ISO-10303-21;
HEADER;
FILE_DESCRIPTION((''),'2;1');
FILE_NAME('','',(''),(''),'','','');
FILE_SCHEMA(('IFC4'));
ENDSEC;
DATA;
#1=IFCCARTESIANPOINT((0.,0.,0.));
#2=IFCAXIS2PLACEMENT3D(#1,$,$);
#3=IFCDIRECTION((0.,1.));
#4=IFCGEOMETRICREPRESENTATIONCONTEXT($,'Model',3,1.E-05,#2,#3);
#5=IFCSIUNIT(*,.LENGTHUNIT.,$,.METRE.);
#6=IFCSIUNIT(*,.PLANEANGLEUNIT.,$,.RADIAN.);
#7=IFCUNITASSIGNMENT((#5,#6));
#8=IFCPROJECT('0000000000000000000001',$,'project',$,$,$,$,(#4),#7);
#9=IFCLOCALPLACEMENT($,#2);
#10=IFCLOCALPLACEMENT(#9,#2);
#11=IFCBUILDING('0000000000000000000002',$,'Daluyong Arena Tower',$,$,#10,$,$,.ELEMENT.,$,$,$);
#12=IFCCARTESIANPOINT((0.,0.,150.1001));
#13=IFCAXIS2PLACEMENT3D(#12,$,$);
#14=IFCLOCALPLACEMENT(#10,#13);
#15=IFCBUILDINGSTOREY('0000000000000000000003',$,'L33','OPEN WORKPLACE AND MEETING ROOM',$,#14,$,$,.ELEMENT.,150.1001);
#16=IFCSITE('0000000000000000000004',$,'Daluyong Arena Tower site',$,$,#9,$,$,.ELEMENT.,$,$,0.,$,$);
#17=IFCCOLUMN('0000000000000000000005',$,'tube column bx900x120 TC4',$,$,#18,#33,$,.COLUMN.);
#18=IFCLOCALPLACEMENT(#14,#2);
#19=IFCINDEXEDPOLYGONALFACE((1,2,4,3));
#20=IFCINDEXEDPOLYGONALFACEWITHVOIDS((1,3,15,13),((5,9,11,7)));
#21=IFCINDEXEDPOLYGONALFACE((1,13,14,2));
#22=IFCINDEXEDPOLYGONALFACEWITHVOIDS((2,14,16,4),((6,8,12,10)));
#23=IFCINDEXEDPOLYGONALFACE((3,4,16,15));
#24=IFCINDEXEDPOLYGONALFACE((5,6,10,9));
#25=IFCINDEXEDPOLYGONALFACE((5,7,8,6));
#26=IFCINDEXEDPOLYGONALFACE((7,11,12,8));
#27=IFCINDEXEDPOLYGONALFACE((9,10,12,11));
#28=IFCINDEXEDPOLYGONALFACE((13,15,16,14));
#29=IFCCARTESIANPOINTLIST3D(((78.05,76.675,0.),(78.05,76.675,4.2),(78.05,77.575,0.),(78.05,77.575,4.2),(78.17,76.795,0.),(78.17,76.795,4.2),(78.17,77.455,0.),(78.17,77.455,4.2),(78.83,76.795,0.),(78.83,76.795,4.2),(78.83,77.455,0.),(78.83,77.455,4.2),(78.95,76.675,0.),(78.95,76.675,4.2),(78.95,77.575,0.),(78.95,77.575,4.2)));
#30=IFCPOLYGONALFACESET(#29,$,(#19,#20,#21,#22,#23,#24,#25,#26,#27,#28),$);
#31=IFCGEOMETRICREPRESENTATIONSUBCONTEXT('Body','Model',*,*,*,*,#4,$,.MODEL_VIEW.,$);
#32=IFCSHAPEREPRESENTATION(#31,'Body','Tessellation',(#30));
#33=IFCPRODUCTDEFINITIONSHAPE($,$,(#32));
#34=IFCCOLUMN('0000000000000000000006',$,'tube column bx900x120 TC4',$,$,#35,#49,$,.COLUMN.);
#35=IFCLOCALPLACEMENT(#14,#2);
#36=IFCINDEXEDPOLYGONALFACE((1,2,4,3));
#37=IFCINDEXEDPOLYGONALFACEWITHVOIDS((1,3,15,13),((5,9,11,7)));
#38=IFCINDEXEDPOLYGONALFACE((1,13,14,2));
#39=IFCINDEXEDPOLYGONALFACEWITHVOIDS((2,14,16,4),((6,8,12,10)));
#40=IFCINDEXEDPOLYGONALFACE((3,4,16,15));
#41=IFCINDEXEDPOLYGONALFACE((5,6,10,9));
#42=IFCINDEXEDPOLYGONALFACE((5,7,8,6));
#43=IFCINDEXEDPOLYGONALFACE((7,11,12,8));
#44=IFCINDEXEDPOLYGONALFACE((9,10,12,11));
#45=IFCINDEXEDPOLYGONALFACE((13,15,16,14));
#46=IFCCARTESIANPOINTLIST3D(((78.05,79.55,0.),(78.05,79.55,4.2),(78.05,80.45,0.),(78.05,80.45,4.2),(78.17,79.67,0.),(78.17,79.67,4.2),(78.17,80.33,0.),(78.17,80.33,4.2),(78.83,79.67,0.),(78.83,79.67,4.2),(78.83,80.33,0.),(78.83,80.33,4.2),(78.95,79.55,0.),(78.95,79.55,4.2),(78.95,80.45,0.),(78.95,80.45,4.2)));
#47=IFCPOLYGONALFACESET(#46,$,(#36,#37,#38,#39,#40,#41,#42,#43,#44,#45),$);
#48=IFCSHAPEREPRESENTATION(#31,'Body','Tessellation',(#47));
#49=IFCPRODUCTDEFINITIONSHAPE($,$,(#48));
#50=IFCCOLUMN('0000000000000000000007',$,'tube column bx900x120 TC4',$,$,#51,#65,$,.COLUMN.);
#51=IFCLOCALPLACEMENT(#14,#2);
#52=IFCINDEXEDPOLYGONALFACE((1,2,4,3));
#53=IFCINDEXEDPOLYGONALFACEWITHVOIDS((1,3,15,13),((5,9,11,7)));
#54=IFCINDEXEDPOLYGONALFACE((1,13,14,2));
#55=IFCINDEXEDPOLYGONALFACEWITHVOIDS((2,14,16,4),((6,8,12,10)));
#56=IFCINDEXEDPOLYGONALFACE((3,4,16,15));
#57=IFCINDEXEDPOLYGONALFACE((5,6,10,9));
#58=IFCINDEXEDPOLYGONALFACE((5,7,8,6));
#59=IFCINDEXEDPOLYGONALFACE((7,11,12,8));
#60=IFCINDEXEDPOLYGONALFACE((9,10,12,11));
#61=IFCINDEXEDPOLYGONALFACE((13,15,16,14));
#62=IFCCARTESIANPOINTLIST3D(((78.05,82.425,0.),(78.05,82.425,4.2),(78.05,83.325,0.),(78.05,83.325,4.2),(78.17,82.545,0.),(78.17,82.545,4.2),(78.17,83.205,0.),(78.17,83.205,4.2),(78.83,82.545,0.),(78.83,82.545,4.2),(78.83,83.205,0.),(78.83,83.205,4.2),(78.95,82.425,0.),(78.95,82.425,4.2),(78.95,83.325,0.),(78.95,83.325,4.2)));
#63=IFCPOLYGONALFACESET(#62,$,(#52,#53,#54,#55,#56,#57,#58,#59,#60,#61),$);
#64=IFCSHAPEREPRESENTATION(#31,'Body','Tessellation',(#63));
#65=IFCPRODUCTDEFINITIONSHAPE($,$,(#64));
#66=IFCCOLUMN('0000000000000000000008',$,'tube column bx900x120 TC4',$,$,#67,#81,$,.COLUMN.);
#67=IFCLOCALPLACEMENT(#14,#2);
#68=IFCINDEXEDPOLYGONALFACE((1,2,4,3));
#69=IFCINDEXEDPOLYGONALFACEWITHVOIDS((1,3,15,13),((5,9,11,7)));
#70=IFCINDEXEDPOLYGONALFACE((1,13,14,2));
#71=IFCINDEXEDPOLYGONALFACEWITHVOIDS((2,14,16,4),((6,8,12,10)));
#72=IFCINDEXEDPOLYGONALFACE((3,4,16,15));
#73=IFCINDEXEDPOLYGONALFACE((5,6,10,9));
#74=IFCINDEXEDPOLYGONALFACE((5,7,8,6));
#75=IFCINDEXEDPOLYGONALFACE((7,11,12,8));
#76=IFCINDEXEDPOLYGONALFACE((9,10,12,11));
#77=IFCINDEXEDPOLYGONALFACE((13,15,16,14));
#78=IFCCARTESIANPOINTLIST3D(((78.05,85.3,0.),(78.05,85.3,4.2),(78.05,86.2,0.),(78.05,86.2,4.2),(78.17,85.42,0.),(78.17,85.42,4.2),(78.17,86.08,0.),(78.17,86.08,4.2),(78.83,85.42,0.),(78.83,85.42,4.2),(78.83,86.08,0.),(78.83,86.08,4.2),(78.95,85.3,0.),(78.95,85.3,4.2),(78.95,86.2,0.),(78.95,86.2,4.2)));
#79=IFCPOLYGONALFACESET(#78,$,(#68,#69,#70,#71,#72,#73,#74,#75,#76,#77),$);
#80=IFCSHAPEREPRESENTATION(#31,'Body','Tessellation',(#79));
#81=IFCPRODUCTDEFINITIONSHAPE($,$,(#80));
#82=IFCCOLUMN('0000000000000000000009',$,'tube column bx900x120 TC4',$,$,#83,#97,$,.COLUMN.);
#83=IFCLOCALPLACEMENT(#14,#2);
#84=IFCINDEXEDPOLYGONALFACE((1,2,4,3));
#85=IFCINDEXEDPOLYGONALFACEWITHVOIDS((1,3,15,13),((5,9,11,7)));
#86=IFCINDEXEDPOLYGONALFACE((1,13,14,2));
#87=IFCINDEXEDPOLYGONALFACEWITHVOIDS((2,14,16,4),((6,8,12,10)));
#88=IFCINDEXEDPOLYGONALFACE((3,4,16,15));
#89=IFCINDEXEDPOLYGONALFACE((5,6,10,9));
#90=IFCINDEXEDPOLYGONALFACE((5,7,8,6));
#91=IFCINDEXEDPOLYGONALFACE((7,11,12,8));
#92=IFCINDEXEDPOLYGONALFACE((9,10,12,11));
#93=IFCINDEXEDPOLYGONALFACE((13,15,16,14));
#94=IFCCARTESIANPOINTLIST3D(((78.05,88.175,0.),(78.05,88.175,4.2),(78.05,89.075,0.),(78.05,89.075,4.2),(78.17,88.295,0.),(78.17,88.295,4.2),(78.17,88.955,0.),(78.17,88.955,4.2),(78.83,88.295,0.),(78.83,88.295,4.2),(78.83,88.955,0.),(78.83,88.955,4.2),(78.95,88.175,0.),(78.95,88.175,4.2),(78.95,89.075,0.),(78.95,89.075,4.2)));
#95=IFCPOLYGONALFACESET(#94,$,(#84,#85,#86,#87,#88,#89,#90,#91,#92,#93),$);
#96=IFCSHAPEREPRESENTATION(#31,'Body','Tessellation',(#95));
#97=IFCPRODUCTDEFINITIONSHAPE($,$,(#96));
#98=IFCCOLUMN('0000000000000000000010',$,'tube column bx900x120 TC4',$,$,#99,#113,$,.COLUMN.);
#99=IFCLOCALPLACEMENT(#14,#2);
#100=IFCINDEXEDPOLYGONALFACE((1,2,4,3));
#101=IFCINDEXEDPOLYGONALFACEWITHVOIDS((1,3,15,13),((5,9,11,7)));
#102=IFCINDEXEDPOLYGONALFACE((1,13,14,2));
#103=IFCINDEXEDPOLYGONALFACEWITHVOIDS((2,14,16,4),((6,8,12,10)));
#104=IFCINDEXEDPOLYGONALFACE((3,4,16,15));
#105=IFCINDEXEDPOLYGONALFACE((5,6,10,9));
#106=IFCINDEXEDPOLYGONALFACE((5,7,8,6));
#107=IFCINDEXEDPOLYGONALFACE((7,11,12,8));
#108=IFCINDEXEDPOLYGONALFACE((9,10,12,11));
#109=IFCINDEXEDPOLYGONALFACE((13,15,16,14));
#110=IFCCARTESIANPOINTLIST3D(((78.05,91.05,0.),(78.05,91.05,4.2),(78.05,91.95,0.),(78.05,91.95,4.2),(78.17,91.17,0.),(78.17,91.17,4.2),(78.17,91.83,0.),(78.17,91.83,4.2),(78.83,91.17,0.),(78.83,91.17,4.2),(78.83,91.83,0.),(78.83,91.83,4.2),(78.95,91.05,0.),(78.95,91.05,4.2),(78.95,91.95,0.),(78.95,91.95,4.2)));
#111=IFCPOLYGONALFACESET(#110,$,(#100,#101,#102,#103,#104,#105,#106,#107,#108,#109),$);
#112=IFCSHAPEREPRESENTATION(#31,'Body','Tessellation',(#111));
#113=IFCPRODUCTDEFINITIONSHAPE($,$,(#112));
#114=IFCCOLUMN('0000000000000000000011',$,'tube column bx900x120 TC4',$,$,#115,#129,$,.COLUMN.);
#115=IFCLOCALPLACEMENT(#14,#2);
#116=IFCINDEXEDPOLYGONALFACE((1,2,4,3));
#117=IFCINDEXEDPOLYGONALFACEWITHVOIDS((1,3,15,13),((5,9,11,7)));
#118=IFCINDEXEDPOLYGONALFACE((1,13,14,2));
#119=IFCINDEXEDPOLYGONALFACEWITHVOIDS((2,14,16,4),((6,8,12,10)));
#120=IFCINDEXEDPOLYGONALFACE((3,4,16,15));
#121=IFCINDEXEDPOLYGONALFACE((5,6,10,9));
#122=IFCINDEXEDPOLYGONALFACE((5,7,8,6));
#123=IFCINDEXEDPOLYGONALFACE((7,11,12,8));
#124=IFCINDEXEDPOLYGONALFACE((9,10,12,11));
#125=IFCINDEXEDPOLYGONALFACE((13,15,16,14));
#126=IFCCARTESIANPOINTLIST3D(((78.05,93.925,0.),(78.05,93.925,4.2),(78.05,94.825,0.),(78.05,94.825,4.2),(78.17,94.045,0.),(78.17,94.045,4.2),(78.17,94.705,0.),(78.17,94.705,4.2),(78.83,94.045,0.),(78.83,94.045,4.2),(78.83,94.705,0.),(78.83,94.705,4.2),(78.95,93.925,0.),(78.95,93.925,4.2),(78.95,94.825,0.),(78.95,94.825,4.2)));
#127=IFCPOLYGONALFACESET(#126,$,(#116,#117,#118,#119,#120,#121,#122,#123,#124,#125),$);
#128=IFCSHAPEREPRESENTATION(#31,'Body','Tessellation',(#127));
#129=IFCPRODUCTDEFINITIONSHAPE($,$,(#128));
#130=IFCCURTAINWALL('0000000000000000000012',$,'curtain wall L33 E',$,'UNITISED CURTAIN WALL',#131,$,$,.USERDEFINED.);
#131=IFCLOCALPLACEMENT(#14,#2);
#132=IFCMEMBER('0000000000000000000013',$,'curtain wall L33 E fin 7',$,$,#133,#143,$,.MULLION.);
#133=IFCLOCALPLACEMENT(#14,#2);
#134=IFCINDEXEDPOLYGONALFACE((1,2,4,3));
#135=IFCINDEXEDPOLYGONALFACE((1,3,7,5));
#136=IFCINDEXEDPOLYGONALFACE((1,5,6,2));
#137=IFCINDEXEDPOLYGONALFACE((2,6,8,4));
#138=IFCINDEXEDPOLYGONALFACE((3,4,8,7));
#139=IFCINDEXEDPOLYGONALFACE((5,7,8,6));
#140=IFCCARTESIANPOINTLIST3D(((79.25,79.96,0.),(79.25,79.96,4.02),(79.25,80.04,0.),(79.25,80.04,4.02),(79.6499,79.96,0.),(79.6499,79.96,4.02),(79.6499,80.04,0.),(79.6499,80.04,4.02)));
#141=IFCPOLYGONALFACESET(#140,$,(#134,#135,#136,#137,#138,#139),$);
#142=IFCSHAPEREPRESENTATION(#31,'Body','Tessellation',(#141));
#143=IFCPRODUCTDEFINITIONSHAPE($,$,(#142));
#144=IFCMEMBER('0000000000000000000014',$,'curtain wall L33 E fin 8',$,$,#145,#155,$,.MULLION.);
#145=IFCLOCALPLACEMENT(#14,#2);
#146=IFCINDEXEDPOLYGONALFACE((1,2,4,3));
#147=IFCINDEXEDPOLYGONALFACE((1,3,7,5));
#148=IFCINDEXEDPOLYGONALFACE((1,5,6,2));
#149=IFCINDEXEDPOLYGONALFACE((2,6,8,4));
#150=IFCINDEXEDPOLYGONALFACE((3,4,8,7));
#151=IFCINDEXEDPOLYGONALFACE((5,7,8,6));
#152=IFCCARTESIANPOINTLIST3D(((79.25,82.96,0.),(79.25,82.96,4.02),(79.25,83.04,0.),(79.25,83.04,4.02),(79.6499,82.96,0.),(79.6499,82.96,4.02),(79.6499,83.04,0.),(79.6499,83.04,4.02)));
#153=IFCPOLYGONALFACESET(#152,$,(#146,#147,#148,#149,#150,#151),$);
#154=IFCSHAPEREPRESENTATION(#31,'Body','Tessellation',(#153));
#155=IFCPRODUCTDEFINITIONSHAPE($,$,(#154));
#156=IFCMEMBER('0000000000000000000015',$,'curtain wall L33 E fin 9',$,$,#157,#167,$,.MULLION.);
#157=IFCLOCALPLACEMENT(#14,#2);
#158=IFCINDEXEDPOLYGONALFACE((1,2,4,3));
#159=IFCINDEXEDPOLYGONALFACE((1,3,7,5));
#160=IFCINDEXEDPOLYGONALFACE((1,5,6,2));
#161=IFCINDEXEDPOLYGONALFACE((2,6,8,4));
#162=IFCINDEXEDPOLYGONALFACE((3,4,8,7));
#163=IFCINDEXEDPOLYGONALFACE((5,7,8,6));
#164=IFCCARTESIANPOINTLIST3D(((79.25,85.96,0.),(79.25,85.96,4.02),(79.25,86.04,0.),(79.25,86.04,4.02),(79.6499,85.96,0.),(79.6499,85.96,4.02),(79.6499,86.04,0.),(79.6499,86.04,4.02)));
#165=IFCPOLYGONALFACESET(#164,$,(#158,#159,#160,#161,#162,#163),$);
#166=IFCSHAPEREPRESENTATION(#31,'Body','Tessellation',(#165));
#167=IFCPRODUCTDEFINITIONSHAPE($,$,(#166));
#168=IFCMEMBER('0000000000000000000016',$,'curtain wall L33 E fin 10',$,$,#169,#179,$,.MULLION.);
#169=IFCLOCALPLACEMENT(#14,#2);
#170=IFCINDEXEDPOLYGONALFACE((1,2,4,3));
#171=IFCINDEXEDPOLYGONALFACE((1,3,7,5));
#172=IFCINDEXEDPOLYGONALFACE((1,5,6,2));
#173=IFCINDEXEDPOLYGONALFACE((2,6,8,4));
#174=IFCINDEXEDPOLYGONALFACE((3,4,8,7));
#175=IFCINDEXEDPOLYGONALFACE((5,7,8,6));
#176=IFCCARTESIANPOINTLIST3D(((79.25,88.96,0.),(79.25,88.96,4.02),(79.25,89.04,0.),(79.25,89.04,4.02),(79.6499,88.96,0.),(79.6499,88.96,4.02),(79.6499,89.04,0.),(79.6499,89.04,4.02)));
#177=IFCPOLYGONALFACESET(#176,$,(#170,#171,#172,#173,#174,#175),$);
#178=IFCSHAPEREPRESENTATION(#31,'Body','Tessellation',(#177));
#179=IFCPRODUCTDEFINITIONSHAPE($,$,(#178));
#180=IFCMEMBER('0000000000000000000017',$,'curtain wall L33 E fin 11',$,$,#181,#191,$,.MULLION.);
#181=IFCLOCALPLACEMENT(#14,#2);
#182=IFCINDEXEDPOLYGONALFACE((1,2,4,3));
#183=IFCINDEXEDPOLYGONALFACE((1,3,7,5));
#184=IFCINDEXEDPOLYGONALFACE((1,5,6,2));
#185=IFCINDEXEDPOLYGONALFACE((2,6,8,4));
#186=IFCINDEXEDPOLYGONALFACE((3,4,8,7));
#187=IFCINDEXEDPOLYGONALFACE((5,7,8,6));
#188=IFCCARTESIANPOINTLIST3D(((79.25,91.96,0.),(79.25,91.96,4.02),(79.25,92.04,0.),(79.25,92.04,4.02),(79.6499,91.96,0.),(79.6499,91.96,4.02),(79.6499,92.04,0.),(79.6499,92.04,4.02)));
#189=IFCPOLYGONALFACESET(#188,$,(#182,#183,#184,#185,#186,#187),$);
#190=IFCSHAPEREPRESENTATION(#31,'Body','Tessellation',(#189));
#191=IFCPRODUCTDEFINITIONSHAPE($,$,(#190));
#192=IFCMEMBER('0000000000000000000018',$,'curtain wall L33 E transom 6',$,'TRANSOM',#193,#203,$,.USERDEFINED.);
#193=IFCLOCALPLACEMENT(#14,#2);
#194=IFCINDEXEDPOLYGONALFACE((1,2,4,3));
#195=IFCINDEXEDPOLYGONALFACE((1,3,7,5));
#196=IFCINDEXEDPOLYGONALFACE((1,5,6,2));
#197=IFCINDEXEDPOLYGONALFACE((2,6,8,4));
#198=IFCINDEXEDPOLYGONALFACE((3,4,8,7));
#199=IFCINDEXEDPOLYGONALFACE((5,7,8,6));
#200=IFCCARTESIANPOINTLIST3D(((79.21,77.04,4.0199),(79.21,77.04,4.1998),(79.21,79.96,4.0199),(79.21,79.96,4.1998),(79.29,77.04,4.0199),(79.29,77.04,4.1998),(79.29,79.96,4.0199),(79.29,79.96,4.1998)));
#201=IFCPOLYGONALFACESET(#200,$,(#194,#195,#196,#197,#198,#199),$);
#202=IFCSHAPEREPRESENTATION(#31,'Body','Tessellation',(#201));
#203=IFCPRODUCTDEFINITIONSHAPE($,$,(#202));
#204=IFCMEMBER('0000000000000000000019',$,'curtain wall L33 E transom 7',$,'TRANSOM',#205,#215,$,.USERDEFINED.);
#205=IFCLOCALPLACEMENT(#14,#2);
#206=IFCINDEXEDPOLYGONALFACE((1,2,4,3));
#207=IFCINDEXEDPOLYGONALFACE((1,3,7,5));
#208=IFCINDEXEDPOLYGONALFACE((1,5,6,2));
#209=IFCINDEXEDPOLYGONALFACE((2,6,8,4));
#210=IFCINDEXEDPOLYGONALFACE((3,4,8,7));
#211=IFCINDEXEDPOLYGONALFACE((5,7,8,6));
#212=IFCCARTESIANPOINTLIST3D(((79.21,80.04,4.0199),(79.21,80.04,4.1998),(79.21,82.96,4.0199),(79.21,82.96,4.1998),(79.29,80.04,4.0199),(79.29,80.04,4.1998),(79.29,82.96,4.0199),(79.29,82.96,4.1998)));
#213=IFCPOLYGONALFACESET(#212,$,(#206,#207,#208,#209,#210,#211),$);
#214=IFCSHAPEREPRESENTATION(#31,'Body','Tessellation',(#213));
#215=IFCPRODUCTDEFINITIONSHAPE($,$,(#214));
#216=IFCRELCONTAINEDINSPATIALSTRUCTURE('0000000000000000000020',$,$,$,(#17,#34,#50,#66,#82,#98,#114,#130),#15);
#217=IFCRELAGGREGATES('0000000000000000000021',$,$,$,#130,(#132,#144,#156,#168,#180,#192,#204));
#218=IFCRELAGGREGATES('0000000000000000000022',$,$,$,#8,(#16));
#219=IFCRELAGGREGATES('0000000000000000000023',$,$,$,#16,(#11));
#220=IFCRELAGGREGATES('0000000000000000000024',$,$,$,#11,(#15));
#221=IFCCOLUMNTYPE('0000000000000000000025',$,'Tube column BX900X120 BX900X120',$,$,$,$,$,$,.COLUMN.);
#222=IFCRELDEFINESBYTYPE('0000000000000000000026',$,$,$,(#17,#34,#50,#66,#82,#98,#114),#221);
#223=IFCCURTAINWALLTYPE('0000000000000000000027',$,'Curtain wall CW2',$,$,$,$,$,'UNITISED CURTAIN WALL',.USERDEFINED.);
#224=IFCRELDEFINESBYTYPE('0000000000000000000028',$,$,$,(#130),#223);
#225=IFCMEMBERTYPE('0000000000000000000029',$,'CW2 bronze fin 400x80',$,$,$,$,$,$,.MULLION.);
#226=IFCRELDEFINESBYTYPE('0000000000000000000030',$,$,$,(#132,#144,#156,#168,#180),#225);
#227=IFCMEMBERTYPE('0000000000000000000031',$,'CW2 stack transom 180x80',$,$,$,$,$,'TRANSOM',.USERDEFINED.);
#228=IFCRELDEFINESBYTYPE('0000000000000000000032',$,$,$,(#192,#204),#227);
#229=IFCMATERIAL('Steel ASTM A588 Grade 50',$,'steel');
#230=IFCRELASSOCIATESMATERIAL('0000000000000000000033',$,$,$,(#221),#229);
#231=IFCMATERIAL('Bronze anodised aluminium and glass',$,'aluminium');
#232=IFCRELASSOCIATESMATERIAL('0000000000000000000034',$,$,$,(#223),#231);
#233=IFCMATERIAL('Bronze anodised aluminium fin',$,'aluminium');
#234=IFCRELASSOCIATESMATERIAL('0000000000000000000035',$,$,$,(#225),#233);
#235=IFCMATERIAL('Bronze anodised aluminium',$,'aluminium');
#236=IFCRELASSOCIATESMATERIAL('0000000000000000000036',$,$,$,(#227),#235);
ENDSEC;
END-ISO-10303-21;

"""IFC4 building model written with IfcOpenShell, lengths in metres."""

from ifc_helpers import new_model, si_unit, direction, frame, origin, origin_2d, place, context, subcontext, project, spatial, rectangle, hollow_rectangle, extrude, material, material_profile, profile_set, type_object, element, aggregate, save


model = new_model("IFC4")

# Units and contexts
model_context = context("Model", 3, precision=1e-05, world=origin(), true_north=direction((0.0, 1.0)))
body_context = subcontext(model_context, "Body", "Model", "MODEL_VIEW")
ifc_project = project(units=[si_unit("LENGTHUNIT", "METRE"), si_unit("PLANEANGLEUNIT", "RADIAN")], contexts=[model_context])

# Site, building, storey
site_placement = place(None, origin())
site = spatial("IfcSite", under=ifc_project, at=site_placement, Name="Daluyong Arena Tower site", CompositionType="ELEMENT", RefElevation=0.0)
building_placement = place(site_placement, origin())
building = spatial("IfcBuilding", under=site, at=building_placement, Name="Daluyong Arena Tower", CompositionType="ELEMENT")
storey_placement = place(building_placement, frame((0.0, 0.0, 150.1001)))
storey = spatial("IfcBuildingStorey", under=building, at=storey_placement, Name="L33", Description="OPEN WORKPLACE AND MEETING ROOM", CompositionType="ELEMENT", Elevation=150.1001)

# Columns
ifc_material_1 = material(Name="Steel ASTM A588 Grade 50", Category="steel")
ifc_material_profile_1 = material_profile(ifc_material_1, hollow_rectangle(XDim=0.8999, YDim=0.8999, WallThickness=0.12, at=origin_2d()))
ifc_profile_set_1 = profile_set([ifc_material_profile_1], Name="Steel ASTM A588 Grade 50")
column_type = type_object("IfcColumnType", Name="Tube column BX900X120 BX900X120", PredefinedType="COLUMN", material=ifc_profile_set_1)
for number, where, z_axis, x_axis, name in (
    (1, (78.5, 77.125, 0.0), (0.0, 0.0, 1.0), (0.0, 1.0, 0.0), "tube column bx900x120 TC4"),
    (2, (78.5, 80.0, 0.0), (0.0, 0.0, 1.0), (0.0, 1.0, 0.0), "tube column bx900x120 TC4"),
    (3, (78.5, 82.875, 0.0), (0.0, 0.0, 1.0), (0.0, 1.0, 0.0), "tube column bx900x120 TC4"),
    (4, (78.5, 85.75, 0.0), (0.0, 0.0, 1.0), (0.0, 1.0, 0.0), "tube column bx900x120 TC4"),
    (5, (78.5, 88.625, 0.0), (0.0, 0.0, 1.0), (0.0, 1.0, 0.0), "tube column bx900x120 TC4"),
    (6, (78.5, 91.5, 0.0), (0.0, 0.0, 1.0), (0.0, 1.0, 0.0), "tube column bx900x120 TC4"),
    (7, (78.5, 94.375, 0.0), (0.0, 0.0, 1.0), (0.0, 1.0, 0.0), "tube column bx900x120 TC4"),
):
    element("IfcColumn", number, at=place(storey_placement, frame(where, z_axis=z_axis, x_axis=x_axis)), inside=storey, type_object=column_type, Name=name, PredefinedType="COLUMN", context=body_context, shape_type="SweptSolid", body=[
        extrude(hollow_rectangle(XDim=0.8999, YDim=0.8999, WallThickness=0.12, at=origin_2d()), origin(), (0.0, 0.0, 1.0), 4.2),
    ])

# Curtain wall, members
ifc_material_2 = material(Name="Bronze anodised aluminium and glass", Category="aluminium")
curtain_wall_type = type_object("IfcCurtainWallType", Name="Curtain wall CW2", ElementType="UNITISED CURTAIN WALL", PredefinedType="USERDEFINED", material=ifc_material_2)
curtain_wall_placement = place(storey_placement, origin())
curtain_wall = element("IfcCurtainWall", 8, at=curtain_wall_placement, inside=storey, type_object=curtain_wall_type, Name="curtain wall L33 E", ObjectType="UNITISED CURTAIN WALL", PredefinedType="USERDEFINED")
ifc_material_3 = material(Name="Bronze anodised aluminium fin", Category="aluminium")
ifc_material_profile_2 = material_profile(ifc_material_3, rectangle(XDim=0.3999, YDim=0.0801, at=origin_2d()))
ifc_profile_set_2 = profile_set([ifc_material_profile_2], Name="Bronze anodised aluminium fin")
member_type_1 = type_object("IfcMemberType", Name="CW2 bronze fin 400x80", PredefinedType="MULLION", material=ifc_profile_set_2)
member_1_placement = place(storey_placement, frame((79.45, 80.0, 0.0), z_axis=(0.0, 0.0, 1.0), x_axis=(-1.0, 0.0, 0.0)))
member_1 = element("IfcMember", 9, at=member_1_placement, type_object=member_type_1, Name="curtain wall L33 E fin 7", PredefinedType="MULLION", context=body_context, shape_type="SweptSolid", body=[
    extrude(rectangle(XDim=0.3999, YDim=0.0801, at=origin_2d()), origin(), (0.0, 0.0, 1.0), 4.02),
])
member_2_placement = place(storey_placement, frame((79.45, 83.0, 0.0), z_axis=(0.0, 0.0, 1.0), x_axis=(-1.0, 0.0, 0.0)))
member_2 = element("IfcMember", 10, at=member_2_placement, type_object=member_type_1, Name="curtain wall L33 E fin 8", PredefinedType="MULLION", context=body_context, shape_type="SweptSolid", body=[
    extrude(rectangle(XDim=0.3999, YDim=0.0801, at=origin_2d()), origin(), (0.0, 0.0, 1.0), 4.02),
])
member_3_placement = place(storey_placement, frame((79.45, 86.0, 0.0), z_axis=(0.0, 0.0, 1.0), x_axis=(-1.0, 0.0, 0.0)))
member_3 = element("IfcMember", 11, at=member_3_placement, type_object=member_type_1, Name="curtain wall L33 E fin 9", PredefinedType="MULLION", context=body_context, shape_type="SweptSolid", body=[
    extrude(rectangle(XDim=0.3999, YDim=0.0801, at=origin_2d()), origin(), (0.0, 0.0, 1.0), 4.02),
])
member_4_placement = place(storey_placement, frame((79.45, 89.0, 0.0), z_axis=(0.0, 0.0, 1.0), x_axis=(-1.0, 0.0, 0.0)))
member_4 = element("IfcMember", 12, at=member_4_placement, type_object=member_type_1, Name="curtain wall L33 E fin 10", PredefinedType="MULLION", context=body_context, shape_type="SweptSolid", body=[
    extrude(rectangle(XDim=0.3999, YDim=0.0801, at=origin_2d()), origin(), (0.0, 0.0, 1.0), 4.02),
])
member_5_placement = place(storey_placement, frame((79.45, 92.0, 0.0), z_axis=(0.0, 0.0, 1.0), x_axis=(-1.0, 0.0, 0.0)))
member_5 = element("IfcMember", 13, at=member_5_placement, type_object=member_type_1, Name="curtain wall L33 E fin 11", PredefinedType="MULLION", context=body_context, shape_type="SweptSolid", body=[
    extrude(rectangle(XDim=0.3999, YDim=0.0801, at=origin_2d()), origin(), (0.0, 0.0, 1.0), 4.02),
])
ifc_material_4 = material(Name="Bronze anodised aluminium", Category="aluminium")
ifc_material_profile_3 = material_profile(ifc_material_4, rectangle(XDim=0.0801, YDim=0.1799, at=origin_2d()))
ifc_profile_set_3 = profile_set([ifc_material_profile_3], Name="Bronze anodised aluminium")
member_type_2 = type_object("IfcMemberType", Name="CW2 stack transom 180x80", ElementType="TRANSOM", PredefinedType="USERDEFINED", material=ifc_profile_set_3)
member_6_placement = place(storey_placement, frame((79.25, 77.04, 4.1099), z_axis=(0.0, 1.0, 0.0), x_axis=(-1.0, 0.0, 0.0)))
member_6 = element("IfcMember", 14, at=member_6_placement, type_object=member_type_2, Name="curtain wall L33 E transom 6", ObjectType="TRANSOM", PredefinedType="USERDEFINED", context=body_context, shape_type="SweptSolid", body=[
    extrude(rectangle(XDim=0.0801, YDim=0.1799, at=origin_2d()), origin(), (0.0, 0.0, 1.0), 2.9199),
])
member_7_placement = place(storey_placement, frame((79.25, 80.04, 4.1099), z_axis=(0.0, 1.0, 0.0), x_axis=(-1.0, 0.0, 0.0)))
member_7 = element("IfcMember", 15, at=member_7_placement, type_object=member_type_2, Name="curtain wall L33 E transom 7", ObjectType="TRANSOM", PredefinedType="USERDEFINED", context=body_context, shape_type="SweptSolid", body=[
    extrude(rectangle(XDim=0.0801, YDim=0.1799, at=origin_2d()), origin(), (0.0, 0.0, 1.0), 2.9199),
])

aggregate(curtain_wall, [member_1, member_2, member_3, member_4, member_5, member_6, member_7])

save(model, "model.ifc")
